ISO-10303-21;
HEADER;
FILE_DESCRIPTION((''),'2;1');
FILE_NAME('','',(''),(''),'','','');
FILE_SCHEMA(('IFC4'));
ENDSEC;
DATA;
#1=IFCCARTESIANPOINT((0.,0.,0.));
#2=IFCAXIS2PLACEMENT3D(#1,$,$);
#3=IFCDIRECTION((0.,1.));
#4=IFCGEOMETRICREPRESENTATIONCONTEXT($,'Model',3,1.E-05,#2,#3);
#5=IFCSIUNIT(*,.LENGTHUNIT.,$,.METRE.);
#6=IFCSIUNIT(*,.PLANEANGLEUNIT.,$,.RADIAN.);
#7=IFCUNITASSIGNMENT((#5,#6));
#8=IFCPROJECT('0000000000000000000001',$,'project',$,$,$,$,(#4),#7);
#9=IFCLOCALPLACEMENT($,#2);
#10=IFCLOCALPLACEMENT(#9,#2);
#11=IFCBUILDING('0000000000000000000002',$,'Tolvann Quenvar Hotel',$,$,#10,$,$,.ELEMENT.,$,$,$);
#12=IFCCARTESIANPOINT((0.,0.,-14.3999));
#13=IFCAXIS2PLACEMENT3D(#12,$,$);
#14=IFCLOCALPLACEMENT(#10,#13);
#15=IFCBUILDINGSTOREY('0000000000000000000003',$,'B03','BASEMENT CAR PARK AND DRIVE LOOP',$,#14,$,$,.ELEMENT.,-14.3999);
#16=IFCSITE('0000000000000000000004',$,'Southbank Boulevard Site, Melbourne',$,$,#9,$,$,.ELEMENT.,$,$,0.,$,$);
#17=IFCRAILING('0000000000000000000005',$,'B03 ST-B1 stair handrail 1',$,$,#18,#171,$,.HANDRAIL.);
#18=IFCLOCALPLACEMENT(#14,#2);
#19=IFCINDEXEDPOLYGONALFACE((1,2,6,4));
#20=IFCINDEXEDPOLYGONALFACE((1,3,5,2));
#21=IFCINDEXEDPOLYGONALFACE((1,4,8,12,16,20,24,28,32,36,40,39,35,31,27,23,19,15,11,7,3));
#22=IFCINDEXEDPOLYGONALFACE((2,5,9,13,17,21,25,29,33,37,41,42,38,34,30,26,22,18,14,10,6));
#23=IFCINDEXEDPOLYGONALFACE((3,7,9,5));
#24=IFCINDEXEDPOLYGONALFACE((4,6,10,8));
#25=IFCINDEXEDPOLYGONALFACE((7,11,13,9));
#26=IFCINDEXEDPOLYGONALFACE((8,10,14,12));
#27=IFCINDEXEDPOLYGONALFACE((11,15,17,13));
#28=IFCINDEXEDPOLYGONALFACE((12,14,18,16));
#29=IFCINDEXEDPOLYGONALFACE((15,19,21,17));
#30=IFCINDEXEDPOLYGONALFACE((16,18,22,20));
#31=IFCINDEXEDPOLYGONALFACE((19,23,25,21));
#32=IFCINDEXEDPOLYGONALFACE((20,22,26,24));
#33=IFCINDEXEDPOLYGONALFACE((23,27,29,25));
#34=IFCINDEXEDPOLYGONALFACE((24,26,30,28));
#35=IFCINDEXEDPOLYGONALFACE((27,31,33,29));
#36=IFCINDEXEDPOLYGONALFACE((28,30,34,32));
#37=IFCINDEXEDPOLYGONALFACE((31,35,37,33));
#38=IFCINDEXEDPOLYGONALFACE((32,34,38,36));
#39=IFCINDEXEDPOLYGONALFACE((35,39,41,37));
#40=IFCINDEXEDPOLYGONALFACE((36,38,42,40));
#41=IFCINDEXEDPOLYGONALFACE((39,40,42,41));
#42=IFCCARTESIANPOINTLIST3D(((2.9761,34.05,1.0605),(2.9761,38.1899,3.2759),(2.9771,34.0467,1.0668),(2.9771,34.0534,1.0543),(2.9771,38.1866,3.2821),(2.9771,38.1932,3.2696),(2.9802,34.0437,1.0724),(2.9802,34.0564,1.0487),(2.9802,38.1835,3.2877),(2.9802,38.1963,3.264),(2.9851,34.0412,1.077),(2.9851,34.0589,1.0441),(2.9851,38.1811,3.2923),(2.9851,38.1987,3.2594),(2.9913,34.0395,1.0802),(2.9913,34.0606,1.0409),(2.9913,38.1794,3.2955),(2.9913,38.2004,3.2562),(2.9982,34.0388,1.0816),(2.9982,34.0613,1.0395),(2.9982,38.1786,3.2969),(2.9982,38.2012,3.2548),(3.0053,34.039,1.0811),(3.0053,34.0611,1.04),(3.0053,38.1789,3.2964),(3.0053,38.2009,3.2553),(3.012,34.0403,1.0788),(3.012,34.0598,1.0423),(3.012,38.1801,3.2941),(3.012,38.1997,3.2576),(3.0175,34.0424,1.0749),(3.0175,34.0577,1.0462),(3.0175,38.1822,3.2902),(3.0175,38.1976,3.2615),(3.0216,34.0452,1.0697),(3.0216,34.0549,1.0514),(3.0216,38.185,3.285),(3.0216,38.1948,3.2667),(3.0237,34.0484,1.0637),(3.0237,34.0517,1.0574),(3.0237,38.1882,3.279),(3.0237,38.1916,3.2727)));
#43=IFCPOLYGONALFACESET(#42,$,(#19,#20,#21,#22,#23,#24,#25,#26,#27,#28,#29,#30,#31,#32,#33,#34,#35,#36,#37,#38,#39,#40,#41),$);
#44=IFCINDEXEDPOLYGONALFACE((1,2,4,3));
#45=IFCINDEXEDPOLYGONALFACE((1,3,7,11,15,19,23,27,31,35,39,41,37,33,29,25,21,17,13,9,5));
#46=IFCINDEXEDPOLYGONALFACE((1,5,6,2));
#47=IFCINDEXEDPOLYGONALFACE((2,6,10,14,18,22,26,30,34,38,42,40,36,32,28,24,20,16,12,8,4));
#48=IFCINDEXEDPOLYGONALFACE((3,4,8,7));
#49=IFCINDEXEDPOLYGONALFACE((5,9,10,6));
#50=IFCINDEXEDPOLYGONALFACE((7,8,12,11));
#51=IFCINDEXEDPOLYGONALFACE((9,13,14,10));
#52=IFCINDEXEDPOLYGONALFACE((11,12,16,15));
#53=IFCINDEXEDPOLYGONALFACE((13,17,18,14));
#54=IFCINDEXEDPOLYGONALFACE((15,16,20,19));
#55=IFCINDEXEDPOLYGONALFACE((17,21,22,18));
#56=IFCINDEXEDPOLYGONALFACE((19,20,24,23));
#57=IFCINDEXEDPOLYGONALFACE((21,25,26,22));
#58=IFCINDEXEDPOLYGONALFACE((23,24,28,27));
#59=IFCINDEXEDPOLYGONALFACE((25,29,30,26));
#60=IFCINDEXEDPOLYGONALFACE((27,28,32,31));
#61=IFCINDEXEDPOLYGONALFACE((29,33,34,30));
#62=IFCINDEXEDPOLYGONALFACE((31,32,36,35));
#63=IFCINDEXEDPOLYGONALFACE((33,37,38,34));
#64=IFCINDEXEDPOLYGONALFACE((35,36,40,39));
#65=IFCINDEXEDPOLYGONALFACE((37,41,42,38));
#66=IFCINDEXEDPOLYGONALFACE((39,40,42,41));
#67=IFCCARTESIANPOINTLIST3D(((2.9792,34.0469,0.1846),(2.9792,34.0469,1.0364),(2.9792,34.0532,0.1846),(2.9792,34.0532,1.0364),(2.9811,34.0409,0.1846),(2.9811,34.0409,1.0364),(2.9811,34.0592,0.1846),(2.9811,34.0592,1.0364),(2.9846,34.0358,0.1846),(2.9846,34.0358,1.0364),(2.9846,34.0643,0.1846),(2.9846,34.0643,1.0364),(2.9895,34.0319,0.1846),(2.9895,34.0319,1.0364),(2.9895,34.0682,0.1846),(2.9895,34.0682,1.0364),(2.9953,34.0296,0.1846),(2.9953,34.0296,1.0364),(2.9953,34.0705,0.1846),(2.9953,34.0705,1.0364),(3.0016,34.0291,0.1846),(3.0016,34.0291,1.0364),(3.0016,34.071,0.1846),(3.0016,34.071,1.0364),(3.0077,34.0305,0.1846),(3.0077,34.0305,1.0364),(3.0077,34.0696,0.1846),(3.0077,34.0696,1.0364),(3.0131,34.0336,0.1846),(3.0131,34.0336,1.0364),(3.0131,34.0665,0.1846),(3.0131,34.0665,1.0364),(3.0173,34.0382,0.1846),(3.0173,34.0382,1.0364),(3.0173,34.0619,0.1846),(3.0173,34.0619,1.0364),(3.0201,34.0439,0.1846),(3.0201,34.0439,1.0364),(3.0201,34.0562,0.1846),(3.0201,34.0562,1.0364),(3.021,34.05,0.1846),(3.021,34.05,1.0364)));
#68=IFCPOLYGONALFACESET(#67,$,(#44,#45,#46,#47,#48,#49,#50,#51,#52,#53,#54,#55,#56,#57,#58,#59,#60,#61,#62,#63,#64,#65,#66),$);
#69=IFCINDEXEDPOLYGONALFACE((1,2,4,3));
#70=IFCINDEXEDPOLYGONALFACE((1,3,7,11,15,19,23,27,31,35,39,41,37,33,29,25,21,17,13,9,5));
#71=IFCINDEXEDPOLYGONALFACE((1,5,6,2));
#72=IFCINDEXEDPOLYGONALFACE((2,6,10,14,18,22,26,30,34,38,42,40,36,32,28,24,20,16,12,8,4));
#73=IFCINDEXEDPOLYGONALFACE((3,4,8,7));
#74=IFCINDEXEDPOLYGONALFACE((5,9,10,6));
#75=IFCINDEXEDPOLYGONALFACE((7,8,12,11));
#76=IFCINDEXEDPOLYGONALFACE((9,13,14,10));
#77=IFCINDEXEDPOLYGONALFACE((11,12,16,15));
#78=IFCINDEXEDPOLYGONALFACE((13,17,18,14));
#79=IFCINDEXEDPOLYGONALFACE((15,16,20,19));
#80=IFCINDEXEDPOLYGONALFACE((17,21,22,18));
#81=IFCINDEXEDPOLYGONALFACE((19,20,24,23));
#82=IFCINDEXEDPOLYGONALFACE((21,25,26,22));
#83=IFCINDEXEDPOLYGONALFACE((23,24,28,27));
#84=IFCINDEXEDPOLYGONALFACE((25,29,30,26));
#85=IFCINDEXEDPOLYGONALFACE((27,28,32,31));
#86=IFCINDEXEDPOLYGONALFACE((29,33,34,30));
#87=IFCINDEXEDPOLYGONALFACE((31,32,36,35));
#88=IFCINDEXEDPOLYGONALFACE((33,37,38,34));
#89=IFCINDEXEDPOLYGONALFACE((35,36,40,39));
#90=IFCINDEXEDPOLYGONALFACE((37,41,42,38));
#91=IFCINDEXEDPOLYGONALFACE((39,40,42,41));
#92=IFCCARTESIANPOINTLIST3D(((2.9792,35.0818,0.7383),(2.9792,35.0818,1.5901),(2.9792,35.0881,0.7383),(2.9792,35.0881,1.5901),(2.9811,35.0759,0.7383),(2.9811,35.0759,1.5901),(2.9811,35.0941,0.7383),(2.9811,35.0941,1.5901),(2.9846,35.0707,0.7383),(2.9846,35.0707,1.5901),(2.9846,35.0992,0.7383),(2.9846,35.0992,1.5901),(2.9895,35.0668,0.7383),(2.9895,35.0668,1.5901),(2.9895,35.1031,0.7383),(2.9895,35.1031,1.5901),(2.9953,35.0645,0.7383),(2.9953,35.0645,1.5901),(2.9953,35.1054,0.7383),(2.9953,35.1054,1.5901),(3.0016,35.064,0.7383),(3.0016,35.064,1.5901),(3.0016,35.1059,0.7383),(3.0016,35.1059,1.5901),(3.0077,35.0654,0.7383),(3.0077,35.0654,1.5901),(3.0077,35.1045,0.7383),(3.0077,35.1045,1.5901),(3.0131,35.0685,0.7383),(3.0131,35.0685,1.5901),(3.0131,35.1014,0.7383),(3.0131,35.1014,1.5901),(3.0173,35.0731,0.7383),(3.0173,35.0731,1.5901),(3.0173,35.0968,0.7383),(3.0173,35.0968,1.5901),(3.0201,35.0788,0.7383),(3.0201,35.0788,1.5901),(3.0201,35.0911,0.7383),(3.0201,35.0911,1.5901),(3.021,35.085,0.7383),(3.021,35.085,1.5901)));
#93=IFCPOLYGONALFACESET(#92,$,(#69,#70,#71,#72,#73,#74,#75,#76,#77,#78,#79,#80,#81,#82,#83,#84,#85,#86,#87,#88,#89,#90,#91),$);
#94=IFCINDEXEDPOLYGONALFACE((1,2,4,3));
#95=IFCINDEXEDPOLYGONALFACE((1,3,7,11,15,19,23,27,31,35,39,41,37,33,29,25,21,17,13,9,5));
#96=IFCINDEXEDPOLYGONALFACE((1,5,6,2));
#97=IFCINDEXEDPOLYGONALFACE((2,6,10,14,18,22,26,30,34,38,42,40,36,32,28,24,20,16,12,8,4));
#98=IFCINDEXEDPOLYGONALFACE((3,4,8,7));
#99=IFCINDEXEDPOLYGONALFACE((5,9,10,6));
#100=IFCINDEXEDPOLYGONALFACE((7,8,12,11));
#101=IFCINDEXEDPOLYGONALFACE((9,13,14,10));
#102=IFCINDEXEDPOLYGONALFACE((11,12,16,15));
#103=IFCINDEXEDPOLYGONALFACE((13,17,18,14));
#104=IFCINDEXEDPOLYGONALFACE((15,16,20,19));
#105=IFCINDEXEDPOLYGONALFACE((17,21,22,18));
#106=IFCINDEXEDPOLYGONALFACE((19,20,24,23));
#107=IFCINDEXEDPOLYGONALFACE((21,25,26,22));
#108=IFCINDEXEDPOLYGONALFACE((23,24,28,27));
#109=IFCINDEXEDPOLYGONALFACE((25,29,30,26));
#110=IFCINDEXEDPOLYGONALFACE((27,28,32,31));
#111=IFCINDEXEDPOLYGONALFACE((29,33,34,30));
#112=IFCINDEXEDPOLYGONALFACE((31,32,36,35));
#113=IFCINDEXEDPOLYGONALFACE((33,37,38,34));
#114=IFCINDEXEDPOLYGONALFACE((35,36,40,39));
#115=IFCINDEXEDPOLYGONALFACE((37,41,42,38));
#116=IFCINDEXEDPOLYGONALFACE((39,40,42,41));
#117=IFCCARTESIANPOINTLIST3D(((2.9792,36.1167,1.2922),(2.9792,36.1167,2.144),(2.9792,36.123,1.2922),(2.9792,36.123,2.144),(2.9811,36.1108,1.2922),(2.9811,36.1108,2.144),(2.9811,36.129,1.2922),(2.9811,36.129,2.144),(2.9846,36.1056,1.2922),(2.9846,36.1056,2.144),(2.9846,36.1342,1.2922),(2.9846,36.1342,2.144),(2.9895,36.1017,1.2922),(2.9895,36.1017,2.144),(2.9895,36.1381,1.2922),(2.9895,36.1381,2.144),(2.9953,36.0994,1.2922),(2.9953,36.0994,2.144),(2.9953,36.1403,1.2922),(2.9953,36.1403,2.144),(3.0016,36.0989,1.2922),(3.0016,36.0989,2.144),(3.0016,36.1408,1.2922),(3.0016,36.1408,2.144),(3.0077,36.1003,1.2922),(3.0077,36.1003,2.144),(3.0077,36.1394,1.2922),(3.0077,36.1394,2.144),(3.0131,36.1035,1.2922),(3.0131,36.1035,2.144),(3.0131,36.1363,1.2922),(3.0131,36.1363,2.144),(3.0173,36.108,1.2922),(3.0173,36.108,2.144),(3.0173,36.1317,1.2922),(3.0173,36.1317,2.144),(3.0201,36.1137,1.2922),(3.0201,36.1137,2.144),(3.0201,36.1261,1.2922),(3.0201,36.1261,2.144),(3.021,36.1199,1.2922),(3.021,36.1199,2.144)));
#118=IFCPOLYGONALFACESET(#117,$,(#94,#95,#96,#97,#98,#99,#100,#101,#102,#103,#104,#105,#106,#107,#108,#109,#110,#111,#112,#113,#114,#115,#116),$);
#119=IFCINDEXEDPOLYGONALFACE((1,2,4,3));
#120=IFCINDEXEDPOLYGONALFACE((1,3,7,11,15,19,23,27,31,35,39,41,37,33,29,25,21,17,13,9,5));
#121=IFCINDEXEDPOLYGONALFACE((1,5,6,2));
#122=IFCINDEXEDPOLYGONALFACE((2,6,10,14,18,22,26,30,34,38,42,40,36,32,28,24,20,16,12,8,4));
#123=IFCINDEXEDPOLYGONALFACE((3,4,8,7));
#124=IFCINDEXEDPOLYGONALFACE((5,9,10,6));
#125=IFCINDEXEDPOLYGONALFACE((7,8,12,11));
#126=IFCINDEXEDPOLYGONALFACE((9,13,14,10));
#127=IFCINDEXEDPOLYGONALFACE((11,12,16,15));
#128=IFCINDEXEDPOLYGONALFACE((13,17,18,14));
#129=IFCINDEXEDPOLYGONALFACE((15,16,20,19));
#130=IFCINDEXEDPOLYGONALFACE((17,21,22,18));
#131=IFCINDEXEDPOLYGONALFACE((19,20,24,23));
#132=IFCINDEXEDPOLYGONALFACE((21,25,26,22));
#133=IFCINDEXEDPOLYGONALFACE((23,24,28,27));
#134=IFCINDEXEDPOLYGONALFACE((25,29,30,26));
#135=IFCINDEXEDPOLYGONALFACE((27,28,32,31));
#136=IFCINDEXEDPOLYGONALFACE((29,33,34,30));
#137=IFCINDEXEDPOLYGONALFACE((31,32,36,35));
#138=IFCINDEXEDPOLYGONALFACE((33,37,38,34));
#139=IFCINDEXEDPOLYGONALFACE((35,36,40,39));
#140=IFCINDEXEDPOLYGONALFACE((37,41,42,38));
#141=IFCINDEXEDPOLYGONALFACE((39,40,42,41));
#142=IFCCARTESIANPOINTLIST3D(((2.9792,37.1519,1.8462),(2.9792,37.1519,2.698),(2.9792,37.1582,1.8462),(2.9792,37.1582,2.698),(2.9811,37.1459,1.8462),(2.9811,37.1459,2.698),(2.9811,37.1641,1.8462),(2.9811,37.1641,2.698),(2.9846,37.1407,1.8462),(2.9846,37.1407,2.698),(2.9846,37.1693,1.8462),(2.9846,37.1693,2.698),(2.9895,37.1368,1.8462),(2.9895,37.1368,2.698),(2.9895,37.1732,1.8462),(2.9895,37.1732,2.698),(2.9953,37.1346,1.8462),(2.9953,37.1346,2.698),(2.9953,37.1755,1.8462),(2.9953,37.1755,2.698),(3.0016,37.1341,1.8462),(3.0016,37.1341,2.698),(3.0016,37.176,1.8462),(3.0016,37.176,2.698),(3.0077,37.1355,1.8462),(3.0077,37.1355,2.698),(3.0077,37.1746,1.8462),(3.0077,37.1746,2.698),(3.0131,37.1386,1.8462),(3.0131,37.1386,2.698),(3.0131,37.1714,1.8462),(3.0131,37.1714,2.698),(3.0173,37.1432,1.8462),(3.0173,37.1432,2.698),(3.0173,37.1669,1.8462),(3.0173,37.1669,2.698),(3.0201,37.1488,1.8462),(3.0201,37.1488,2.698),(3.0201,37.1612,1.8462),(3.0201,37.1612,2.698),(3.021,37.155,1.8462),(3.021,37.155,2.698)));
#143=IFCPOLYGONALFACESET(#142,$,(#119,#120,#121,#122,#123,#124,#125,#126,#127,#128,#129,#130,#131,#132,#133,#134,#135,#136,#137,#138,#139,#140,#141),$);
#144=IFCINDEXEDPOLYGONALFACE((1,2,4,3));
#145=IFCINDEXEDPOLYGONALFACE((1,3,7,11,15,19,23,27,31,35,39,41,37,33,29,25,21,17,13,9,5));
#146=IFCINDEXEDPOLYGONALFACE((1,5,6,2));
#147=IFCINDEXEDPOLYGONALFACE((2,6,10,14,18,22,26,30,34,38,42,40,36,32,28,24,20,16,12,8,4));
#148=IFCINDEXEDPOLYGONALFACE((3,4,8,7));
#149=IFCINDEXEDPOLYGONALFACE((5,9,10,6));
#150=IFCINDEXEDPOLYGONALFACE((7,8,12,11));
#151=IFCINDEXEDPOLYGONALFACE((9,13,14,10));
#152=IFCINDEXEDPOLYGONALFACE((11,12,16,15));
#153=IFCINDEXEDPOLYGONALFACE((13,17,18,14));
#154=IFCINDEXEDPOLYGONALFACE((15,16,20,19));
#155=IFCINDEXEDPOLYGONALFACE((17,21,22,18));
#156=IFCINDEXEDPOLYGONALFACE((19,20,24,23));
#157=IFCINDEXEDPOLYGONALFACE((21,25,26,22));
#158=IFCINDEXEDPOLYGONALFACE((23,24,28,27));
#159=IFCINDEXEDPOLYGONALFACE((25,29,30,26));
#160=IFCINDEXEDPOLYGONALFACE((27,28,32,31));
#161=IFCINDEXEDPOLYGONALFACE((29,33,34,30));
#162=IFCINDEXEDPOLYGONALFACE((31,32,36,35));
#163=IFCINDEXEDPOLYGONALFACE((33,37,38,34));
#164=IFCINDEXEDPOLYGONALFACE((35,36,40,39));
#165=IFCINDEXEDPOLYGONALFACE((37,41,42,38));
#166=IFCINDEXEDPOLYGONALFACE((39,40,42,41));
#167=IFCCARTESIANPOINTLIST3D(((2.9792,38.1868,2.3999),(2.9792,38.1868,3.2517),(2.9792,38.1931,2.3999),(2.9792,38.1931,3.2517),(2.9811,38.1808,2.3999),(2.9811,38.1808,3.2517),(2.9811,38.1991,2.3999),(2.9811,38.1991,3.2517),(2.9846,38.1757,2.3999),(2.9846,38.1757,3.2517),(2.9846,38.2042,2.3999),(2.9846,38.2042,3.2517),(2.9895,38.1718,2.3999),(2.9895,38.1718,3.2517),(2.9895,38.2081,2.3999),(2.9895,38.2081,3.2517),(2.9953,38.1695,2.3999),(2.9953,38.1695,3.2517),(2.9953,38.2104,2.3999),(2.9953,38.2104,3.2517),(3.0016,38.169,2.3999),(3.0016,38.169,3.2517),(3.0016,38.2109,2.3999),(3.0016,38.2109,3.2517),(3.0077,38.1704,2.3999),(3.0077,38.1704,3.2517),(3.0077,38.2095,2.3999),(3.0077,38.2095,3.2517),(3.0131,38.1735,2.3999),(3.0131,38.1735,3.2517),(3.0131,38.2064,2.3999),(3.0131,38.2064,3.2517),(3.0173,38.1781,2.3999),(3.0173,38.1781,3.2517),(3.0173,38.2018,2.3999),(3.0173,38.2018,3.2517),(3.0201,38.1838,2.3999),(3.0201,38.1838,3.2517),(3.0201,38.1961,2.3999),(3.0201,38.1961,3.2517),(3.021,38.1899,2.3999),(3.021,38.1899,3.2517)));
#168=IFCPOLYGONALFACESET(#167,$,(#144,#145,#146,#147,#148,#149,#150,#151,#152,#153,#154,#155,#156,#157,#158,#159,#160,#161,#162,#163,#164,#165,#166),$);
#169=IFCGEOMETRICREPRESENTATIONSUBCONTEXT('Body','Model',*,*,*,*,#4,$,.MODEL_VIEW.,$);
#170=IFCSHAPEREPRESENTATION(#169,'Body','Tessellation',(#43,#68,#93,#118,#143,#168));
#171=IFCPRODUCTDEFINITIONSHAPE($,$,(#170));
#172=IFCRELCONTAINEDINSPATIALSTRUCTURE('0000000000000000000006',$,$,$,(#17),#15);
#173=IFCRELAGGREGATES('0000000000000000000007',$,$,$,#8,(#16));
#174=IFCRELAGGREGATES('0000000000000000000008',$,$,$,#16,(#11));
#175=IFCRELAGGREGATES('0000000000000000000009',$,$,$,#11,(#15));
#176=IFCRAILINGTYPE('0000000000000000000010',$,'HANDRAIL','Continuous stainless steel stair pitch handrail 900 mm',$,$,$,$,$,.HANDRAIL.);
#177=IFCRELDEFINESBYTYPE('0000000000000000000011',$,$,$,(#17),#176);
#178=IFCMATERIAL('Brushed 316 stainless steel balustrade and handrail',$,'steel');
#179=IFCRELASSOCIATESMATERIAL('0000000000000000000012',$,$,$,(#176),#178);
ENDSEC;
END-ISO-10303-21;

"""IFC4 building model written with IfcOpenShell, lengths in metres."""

from ifc_helpers import new_model, si_unit, direction, frame, origin, origin_2d, place, context, subcontext, project, spatial, circle, extrude, material, type_object, element, save


model = new_model("IFC4")

# Units and contexts
model_context = context("Model", 3, precision=1e-05, world=origin(), true_north=direction((0.0, 1.0)))
body_context = subcontext(model_context, "Body", "Model", "MODEL_VIEW")
ifc_project = project(units=[si_unit("LENGTHUNIT", "METRE"), si_unit("PLANEANGLEUNIT", "RADIAN")], contexts=[model_context])

# Site, building, storey
site_placement = place(None, origin())
site = spatial("IfcSite", under=ifc_project, at=site_placement, Name="Southbank Boulevard Site, Melbourne", CompositionType="ELEMENT", RefElevation=0.0)
building_placement = place(site_placement, origin())
building = spatial("IfcBuilding", under=site, at=building_placement, Name="Tolvann Quenvar Hotel", CompositionType="ELEMENT")
storey_placement = place(building_placement, frame((0.0, 0.0, -14.3999)))
storey = spatial("IfcBuildingStorey", under=building, at=storey_placement, Name="B03", Description="BASEMENT CAR PARK AND DRIVE LOOP", CompositionType="ELEMENT", Elevation=-14.3999)

# Railing
ifc_material_1 = material(Name="Brushed 316 stainless steel balustrade and handrail", Category="steel")
railing_type_1 = type_object("IfcRailingType", Name="HANDRAIL", Description="Continuous stainless steel stair pitch handrail 900 mm", PredefinedType="HANDRAIL", material=ifc_material_1)
railing_1_placement = place(storey_placement, frame((3.0, 34.05, 0.1846)))
element("IfcRailing", 1, at=railing_1_placement, inside=storey, type_object=railing_type_1, Name="B03 ST-B1 stair handrail 1", PredefinedType="HANDRAIL", context=body_context, shape_type="SweptSolid", body=[
    extrude(circle(Radius=0.0239, at=origin_2d()), frame((0.0, 0.0, 0.876), z_axis=(0.0, 0.881699, 0.471813), x_axis=(-1.0, 0.0, 0.0)), (0.0, 0.0, 1.0), 4.6953),
    extrude(circle(Radius=0.021, at=origin_2d()), origin(), (0.0, 0.0, 1.0), 0.8518),
    extrude(circle(Radius=0.021, at=origin_2d()), frame((0.0, 1.0349, 0.5537)), (0.0, 0.0, 1.0), 0.8518),
    extrude(circle(Radius=0.021, at=origin_2d()), frame((0.0, 2.0698, 1.1077)), (0.0, 0.0, 1.0), 0.8518),
    extrude(circle(Radius=0.021, at=origin_2d()), frame((0.0, 3.105, 1.6616)), (0.0, 0.0, 1.0), 0.8518),
    extrude(circle(Radius=0.021, at=origin_2d()), frame((0.0, 4.1399, 2.2153)), (0.0, 0.0, 1.0), 0.8518),
])

save(model, "model.ifc")
